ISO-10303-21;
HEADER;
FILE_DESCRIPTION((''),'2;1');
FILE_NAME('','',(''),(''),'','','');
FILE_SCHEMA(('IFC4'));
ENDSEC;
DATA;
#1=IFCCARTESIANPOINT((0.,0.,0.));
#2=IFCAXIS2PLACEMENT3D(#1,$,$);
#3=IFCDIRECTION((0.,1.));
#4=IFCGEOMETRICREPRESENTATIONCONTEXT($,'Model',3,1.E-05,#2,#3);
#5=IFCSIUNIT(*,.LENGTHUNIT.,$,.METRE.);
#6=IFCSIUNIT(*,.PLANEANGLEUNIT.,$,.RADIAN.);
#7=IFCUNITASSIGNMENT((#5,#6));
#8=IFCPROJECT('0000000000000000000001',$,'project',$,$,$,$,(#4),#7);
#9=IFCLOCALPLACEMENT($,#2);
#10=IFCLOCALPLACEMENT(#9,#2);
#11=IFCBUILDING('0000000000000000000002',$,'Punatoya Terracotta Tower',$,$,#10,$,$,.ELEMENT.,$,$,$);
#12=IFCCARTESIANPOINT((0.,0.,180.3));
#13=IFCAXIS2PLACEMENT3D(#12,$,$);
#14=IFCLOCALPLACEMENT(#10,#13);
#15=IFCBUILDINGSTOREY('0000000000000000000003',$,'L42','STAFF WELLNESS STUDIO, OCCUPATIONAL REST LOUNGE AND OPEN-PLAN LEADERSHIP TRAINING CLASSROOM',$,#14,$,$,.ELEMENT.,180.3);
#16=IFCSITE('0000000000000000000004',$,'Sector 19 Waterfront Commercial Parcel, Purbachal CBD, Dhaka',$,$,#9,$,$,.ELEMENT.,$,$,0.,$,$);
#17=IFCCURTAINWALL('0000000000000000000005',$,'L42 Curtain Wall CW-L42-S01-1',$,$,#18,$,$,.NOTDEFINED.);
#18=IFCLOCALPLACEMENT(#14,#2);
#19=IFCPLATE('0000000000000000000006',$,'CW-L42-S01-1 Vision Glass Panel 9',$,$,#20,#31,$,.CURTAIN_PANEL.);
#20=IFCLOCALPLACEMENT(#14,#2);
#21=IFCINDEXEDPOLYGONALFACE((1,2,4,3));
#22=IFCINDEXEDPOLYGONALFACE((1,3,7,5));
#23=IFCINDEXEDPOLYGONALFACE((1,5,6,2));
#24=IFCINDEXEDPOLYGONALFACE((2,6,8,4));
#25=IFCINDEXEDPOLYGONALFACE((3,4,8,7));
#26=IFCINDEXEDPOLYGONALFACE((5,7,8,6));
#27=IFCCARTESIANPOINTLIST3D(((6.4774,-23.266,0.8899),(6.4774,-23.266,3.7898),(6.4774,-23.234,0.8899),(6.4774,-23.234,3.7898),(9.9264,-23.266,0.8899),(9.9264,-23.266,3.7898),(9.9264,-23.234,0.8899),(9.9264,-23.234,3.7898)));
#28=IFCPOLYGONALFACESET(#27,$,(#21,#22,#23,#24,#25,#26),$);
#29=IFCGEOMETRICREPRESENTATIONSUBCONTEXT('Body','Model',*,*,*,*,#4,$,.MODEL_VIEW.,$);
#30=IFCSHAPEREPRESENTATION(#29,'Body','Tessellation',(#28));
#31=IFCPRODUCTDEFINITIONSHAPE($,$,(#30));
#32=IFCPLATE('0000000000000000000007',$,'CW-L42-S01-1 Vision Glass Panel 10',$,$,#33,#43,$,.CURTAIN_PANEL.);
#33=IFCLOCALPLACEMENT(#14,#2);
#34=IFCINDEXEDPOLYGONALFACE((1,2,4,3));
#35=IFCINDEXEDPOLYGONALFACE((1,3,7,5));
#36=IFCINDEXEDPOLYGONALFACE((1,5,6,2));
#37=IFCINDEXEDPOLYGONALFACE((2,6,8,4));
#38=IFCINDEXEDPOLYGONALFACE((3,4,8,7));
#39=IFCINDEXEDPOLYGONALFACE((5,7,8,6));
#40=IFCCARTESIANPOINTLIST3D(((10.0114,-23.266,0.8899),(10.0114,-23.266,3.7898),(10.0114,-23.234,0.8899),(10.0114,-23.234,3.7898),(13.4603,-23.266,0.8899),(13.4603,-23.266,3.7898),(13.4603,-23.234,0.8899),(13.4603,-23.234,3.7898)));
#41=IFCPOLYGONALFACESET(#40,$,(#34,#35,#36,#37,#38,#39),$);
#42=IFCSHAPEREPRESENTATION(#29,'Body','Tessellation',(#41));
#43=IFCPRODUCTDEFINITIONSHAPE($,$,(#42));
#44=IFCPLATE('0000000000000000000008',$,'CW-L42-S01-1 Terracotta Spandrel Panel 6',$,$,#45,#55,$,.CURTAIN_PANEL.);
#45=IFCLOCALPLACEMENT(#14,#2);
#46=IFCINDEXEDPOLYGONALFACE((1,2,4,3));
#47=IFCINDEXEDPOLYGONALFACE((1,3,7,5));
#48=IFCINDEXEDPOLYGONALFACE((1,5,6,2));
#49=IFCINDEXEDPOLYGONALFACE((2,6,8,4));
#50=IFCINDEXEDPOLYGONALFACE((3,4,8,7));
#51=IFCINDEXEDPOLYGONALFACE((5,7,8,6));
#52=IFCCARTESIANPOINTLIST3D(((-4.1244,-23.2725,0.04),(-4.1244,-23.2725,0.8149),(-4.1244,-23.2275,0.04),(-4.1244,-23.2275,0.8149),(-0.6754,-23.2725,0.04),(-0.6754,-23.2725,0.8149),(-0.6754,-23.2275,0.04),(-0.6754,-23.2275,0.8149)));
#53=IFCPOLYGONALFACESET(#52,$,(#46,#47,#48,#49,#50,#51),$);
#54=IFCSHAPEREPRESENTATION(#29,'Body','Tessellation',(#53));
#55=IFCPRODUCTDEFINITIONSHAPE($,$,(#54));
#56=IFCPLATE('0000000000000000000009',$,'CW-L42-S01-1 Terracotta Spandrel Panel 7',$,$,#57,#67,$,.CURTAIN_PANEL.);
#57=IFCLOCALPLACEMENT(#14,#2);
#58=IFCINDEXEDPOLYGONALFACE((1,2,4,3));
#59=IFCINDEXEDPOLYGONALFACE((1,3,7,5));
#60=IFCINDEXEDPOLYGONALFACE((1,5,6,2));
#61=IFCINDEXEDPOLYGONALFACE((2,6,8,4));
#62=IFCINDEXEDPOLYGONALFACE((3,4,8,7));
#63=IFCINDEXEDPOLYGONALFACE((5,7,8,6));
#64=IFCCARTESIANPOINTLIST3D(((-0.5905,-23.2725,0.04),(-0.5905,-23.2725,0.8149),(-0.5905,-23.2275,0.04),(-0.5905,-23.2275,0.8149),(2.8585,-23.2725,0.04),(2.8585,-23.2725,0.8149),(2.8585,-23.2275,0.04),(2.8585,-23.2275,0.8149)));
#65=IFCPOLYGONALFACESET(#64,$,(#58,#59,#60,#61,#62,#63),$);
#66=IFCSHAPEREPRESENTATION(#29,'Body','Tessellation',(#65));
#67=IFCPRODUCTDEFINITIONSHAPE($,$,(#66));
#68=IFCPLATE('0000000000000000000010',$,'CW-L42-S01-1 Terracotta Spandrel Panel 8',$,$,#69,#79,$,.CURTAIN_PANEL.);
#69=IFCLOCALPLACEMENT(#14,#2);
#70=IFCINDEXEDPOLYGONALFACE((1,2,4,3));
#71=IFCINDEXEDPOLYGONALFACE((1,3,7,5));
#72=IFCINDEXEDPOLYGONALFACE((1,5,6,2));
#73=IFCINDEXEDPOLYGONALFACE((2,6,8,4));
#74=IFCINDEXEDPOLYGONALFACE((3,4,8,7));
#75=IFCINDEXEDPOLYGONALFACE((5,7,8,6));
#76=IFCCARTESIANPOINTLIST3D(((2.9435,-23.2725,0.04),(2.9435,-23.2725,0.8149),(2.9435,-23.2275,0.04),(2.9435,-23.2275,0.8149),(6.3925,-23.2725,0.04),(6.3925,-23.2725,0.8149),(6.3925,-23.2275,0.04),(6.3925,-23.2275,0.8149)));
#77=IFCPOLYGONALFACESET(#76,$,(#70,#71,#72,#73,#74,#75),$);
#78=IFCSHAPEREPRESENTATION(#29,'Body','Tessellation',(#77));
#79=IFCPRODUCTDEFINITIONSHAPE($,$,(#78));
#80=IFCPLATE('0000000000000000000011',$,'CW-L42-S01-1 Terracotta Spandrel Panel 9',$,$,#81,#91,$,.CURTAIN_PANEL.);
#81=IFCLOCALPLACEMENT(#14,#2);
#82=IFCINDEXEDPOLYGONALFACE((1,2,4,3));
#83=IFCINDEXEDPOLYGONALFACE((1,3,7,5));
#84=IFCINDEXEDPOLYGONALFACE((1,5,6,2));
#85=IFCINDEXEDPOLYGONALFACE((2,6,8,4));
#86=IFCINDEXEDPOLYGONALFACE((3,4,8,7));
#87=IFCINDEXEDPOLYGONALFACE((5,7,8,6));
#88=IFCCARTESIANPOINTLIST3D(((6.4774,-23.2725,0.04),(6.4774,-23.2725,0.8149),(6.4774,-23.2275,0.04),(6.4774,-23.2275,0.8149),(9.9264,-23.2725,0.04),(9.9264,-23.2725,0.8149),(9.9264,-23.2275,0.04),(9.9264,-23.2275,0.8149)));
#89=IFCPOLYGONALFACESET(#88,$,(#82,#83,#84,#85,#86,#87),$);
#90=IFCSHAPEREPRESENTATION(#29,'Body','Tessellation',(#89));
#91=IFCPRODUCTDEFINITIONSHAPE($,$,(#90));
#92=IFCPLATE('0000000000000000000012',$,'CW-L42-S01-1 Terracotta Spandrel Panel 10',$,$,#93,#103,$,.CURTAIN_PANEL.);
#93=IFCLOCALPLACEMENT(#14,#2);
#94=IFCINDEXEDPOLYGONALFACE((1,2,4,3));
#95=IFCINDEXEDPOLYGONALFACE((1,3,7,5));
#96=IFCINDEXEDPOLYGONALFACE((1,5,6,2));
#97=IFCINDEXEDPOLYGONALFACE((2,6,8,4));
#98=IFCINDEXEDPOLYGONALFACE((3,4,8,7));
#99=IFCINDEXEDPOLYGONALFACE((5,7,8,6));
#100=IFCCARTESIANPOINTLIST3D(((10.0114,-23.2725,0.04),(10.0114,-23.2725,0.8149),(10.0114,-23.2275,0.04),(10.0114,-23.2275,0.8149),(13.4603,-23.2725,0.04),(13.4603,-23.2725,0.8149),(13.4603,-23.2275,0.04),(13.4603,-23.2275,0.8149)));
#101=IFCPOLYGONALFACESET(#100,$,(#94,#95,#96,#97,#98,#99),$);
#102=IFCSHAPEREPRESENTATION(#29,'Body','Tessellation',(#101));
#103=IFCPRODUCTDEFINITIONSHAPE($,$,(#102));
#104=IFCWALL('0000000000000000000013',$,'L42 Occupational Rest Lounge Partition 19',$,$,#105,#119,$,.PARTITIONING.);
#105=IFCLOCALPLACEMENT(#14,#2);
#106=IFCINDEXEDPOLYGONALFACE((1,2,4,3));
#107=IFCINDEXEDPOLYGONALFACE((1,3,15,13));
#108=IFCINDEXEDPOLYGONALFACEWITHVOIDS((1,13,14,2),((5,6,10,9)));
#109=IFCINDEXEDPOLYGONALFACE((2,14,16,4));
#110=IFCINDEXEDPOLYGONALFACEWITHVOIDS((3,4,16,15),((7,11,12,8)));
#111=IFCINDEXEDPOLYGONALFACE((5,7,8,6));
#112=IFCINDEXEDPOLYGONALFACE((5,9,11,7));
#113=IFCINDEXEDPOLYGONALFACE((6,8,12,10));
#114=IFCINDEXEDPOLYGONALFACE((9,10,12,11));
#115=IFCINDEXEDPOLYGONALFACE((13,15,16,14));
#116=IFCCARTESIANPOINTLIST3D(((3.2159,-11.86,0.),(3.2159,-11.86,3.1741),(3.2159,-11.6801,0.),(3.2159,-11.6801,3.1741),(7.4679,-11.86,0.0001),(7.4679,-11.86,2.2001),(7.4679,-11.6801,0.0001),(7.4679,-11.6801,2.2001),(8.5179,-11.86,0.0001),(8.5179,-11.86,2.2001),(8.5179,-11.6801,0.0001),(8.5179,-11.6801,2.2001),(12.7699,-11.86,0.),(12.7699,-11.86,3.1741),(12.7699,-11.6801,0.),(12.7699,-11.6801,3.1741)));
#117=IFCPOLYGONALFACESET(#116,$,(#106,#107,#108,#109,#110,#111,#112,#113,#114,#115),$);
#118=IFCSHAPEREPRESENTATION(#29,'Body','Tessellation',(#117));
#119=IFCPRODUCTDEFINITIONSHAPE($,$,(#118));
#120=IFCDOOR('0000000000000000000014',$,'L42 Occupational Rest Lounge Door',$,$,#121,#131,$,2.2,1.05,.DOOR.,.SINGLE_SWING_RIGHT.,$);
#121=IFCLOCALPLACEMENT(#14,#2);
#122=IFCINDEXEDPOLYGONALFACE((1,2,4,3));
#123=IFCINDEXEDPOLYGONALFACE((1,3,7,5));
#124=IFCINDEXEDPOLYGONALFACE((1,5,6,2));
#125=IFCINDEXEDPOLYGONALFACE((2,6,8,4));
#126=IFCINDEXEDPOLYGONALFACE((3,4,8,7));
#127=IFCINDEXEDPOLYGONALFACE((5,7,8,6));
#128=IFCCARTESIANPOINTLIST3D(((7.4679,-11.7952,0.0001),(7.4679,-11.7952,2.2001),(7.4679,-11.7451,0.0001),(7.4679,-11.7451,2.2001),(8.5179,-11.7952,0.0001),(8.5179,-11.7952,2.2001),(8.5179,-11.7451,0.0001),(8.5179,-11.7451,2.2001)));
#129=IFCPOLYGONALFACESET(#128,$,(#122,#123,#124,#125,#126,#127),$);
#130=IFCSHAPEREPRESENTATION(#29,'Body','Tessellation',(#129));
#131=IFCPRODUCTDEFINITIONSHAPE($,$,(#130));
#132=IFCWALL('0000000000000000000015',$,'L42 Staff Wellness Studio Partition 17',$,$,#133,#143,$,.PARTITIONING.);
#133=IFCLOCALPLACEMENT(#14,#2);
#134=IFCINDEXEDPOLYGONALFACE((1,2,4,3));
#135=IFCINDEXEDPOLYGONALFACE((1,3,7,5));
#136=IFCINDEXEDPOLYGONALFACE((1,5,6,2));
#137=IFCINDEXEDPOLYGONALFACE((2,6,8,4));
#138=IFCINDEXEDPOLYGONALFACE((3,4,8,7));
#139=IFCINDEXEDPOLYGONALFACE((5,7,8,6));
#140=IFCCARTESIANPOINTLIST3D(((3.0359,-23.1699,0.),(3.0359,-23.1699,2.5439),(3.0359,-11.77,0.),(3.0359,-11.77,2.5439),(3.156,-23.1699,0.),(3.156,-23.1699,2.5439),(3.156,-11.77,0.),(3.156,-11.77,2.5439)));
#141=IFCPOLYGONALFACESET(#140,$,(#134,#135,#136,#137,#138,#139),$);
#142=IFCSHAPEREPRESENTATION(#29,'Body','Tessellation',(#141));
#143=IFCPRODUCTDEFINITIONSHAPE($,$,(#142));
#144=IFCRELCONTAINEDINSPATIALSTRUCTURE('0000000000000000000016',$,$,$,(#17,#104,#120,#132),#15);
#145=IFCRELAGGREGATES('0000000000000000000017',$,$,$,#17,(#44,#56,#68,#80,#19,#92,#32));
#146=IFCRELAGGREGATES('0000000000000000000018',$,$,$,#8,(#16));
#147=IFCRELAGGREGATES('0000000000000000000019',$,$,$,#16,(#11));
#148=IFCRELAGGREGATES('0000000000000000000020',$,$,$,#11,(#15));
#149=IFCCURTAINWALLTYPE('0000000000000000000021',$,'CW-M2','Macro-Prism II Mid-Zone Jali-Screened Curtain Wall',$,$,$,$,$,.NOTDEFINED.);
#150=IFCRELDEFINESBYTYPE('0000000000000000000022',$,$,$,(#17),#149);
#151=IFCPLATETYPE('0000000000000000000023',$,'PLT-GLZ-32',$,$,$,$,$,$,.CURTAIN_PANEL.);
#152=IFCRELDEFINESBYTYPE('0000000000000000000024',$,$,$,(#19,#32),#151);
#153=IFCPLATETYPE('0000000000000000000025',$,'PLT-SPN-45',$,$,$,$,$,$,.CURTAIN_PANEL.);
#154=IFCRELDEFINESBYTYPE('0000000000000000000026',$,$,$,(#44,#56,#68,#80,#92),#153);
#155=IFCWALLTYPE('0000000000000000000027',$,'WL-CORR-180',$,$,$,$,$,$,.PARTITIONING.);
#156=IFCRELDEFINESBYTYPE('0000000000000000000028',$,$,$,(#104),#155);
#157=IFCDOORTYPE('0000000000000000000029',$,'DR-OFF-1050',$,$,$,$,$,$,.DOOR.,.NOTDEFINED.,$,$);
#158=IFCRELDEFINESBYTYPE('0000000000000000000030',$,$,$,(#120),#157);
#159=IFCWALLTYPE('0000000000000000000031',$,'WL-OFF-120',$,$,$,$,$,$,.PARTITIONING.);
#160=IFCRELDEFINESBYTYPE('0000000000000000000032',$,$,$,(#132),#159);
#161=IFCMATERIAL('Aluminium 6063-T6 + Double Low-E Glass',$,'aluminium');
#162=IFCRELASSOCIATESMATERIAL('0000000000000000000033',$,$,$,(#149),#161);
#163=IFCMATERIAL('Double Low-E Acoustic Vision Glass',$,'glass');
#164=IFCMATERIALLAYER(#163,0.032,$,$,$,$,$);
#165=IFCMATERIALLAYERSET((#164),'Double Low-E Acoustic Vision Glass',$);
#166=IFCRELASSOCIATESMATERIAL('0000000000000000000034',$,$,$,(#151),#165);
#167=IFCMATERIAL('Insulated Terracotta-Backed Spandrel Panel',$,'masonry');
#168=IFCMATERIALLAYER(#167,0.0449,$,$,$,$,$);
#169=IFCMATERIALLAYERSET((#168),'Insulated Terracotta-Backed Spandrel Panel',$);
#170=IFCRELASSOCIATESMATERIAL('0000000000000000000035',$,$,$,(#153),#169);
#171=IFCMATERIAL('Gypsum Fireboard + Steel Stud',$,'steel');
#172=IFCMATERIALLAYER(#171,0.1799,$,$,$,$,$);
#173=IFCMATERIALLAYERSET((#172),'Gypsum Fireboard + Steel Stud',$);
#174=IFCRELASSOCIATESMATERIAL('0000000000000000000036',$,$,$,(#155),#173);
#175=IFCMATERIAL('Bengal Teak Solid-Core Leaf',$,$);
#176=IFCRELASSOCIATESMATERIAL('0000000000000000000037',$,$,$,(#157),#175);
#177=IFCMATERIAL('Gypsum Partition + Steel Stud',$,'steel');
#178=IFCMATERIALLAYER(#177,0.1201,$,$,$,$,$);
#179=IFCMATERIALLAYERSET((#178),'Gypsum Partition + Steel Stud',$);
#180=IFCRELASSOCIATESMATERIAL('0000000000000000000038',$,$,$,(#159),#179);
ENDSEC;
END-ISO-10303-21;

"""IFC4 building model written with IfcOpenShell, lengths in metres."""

from ifc_helpers import new_model, si_unit, direction, frame, frame_2d, origin, origin_2d, place, context, subcontext, project, spatial, rectangle, extrude, material, layer, layer_set, type_object, element, fill, aggregate, save


model = new_model("IFC4")

# Units and contexts
model_context = context("Model", 3, precision=1e-05, world=origin(), true_north=direction((0.0, 1.0)))
body_context = subcontext(model_context, "Body", "Model", "MODEL_VIEW")
ifc_project = project(units=[si_unit("LENGTHUNIT", "METRE"), si_unit("PLANEANGLEUNIT", "RADIAN")], contexts=[model_context])

# Site, building, storey
site_placement = place(None, origin())
site = spatial("IfcSite", under=ifc_project, at=site_placement, Name="Sector 19 Waterfront Commercial Parcel, Purbachal CBD, Dhaka", CompositionType="ELEMENT", RefElevation=0.0)
building_placement = place(site_placement, origin())
building = spatial("IfcBuilding", under=site, at=building_placement, Name="Punatoya Terracotta Tower", CompositionType="ELEMENT")
storey_placement = place(building_placement, frame((0.0, 0.0, 180.3)))
storey = spatial("IfcBuildingStorey", under=building, at=storey_placement, Name="L42", Description="STAFF WELLNESS STUDIO, OCCUPATIONAL REST LOUNGE AND OPEN-PLAN LEADERSHIP TRAINING CLASSROOM", CompositionType="ELEMENT", Elevation=180.3)

# Curtain wall
ifc_material_1 = material(Name="Aluminium 6063-T6 + Double Low-E Glass", Category="aluminium")
curtain_wall_type = type_object("IfcCurtainWallType", Name="CW-M2", Description="Macro-Prism II Mid-Zone Jali-Screened Curtain Wall", PredefinedType="NOTDEFINED", material=ifc_material_1)
curtain_wall_placement = place(storey_placement, origin())
curtain_wall = element("IfcCurtainWall", 1, at=curtain_wall_placement, inside=storey, type_object=curtain_wall_type, Name="L42 Curtain Wall CW-L42-S01-1", PredefinedType="NOTDEFINED")

# Plates
ifc_material_2 = material(Name="Double Low-E Acoustic Vision Glass", Category="glass")
ifc_layer_1 = layer(ifc_material_2, 0.032)
ifc_layer_set_1 = layer_set([ifc_layer_1], Name="Double Low-E Acoustic Vision Glass")
plate_type_1 = type_object("IfcPlateType", Name="PLT-GLZ-32", PredefinedType="CURTAIN_PANEL", material=ifc_layer_set_1)
plate_1_placement = place(storey_placement, frame((8.2019, -23.25, 0.8899), z_axis=(0.0, 0.0, 1.0), x_axis=(1.0, 0.0, 0.0)))
plate_1 = element("IfcPlate", 2, at=plate_1_placement, type_object=plate_type_1, Name="CW-L42-S01-1 Vision Glass Panel 9", PredefinedType="CURTAIN_PANEL", context=body_context, shape_type="SweptSolid", body=[
    extrude(rectangle(XDim=3.449, YDim=0.032, at=origin_2d()), origin(), (0.0, 0.0, 1.0), 2.8999),
])
plate_2_placement = place(storey_placement, frame((11.7358, -23.25, 0.8899), z_axis=(0.0, 0.0, 1.0), x_axis=(1.0, 0.0, 0.0)))
plate_2 = element("IfcPlate", 3, at=plate_2_placement, type_object=plate_type_1, Name="CW-L42-S01-1 Vision Glass Panel 10", PredefinedType="CURTAIN_PANEL", context=body_context, shape_type="SweptSolid", body=[
    extrude(rectangle(XDim=3.449, YDim=0.032, at=origin_2d()), origin(), (0.0, 0.0, 1.0), 2.8999),
])
ifc_material_3 = material(Name="Insulated Terracotta-Backed Spandrel Panel", Category="masonry")
ifc_layer_2 = layer(ifc_material_3, 0.0449)
ifc_layer_set_2 = layer_set([ifc_layer_2], Name="Insulated Terracotta-Backed Spandrel Panel")
plate_type_2 = type_object("IfcPlateType", Name="PLT-SPN-45", PredefinedType="CURTAIN_PANEL", material=ifc_layer_set_2)
plate_3_placement = place(storey_placement, frame((-2.3999, -23.25, 0.04), z_axis=(0.0, 0.0, 1.0), x_axis=(1.0, 0.0, 0.0)))
plate_3 = element("IfcPlate", 4, at=plate_3_placement, type_object=plate_type_2, Name="CW-L42-S01-1 Terracotta Spandrel Panel 6", PredefinedType="CURTAIN_PANEL", context=body_context, shape_type="SweptSolid", body=[
    extrude(rectangle(XDim=3.449, YDim=0.0449, at=origin_2d()), origin(), (0.0, 0.0, 1.0), 0.7749),
])
plate_4_placement = place(storey_placement, frame((1.134, -23.25, 0.04), z_axis=(0.0, 0.0, 1.0), x_axis=(1.0, 0.0, 0.0)))
plate_4 = element("IfcPlate", 5, at=plate_4_placement, type_object=plate_type_2, Name="CW-L42-S01-1 Terracotta Spandrel Panel 7", PredefinedType="CURTAIN_PANEL", context=body_context, shape_type="SweptSolid", body=[
    extrude(rectangle(XDim=3.449, YDim=0.0449, at=origin_2d()), origin(), (0.0, 0.0, 1.0), 0.7749),
])
plate_5_placement = place(storey_placement, frame((4.668, -23.25, 0.04), z_axis=(0.0, 0.0, 1.0), x_axis=(1.0, 0.0, 0.0)))
plate_5 = element("IfcPlate", 6, at=plate_5_placement, type_object=plate_type_2, Name="CW-L42-S01-1 Terracotta Spandrel Panel 8", PredefinedType="CURTAIN_PANEL", context=body_context, shape_type="SweptSolid", body=[
    extrude(rectangle(XDim=3.449, YDim=0.0449, at=origin_2d()), origin(), (0.0, 0.0, 1.0), 0.7749),
])
plate_6_placement = place(storey_placement, frame((8.2019, -23.25, 0.04), z_axis=(0.0, 0.0, 1.0), x_axis=(1.0, 0.0, 0.0)))
plate_6 = element("IfcPlate", 7, at=plate_6_placement, type_object=plate_type_2, Name="CW-L42-S01-1 Terracotta Spandrel Panel 9", PredefinedType="CURTAIN_PANEL", context=body_context, shape_type="SweptSolid", body=[
    extrude(rectangle(XDim=3.449, YDim=0.0449, at=origin_2d()), origin(), (0.0, 0.0, 1.0), 0.7749),
])
plate_7_placement = place(storey_placement, frame((11.7358, -23.25, 0.04), z_axis=(0.0, 0.0, 1.0), x_axis=(1.0, 0.0, 0.0)))
plate_7 = element("IfcPlate", 8, at=plate_7_placement, type_object=plate_type_2, Name="CW-L42-S01-1 Terracotta Spandrel Panel 10", PredefinedType="CURTAIN_PANEL", context=body_context, shape_type="SweptSolid", body=[
    extrude(rectangle(XDim=3.449, YDim=0.0449, at=origin_2d()), origin(), (0.0, 0.0, 1.0), 0.7749),
])
aggregate(curtain_wall, [plate_3, plate_4, plate_5, plate_6, plate_1, plate_7, plate_2])

# Wall, opening, door
ifc_material_4 = material(Name="Gypsum Fireboard + Steel Stud", Category="steel")
ifc_layer_3 = layer(ifc_material_4, 0.1799)
ifc_layer_set_3 = layer_set([ifc_layer_3], Name="Gypsum Fireboard + Steel Stud")
wall_type_1 = type_object("IfcWallType", Name="WL-CORR-180", PredefinedType="PARTITIONING", material=ifc_layer_set_3)
wall_1_placement = place(storey_placement, frame((3.2161, -11.77, 0.0), z_axis=(0.0, 0.0, 1.0), x_axis=(1.0, 0.0, 0.0)))
wall_1 = element("IfcWall", 9, at=wall_1_placement, inside=storey, type_object=wall_type_1, Name="L42 Occupational Rest Lounge Partition 19", PredefinedType="PARTITIONING", context=body_context, shape_type="SweptSolid", body=[
    extrude(rectangle(XDim=9.554, YDim=0.1799, at=frame_2d((4.7769, 0.0))), origin(), (0.0, 0.0, 1.0), 3.1741),
])
opening_placement = place(wall_1_placement, frame((4.252, 0.0, 0.0)))
opening = element("IfcOpeningElement", 10, at=opening_placement, cuts=wall_1, PredefinedType="OPENING", context=body_context, shape_type="SweptSolid", body=[
    extrude(rectangle(XDim=1.05, YDim=2.2, at=frame_2d((0.5249, 1.1001))), frame((0.0, 0.0999, 0.0), z_axis=(0.0, -1.0, 0.0), x_axis=(1.0, 0.0, 0.0)), (0.0, 0.0, 1.0), 0.2),
])
ifc_material_5 = material(Name="Bengal Teak Solid-Core Leaf")
door_type = type_object("IfcDoorType", Name="DR-OFF-1050", OperationType="NOTDEFINED", PredefinedType="DOOR", material=ifc_material_5)
door_placement = place(opening_placement, origin())
door = element("IfcDoor", 11, at=door_placement, inside=storey, type_object=door_type, Name="L42 Occupational Rest Lounge Door", OperationType="SINGLE_SWING_RIGHT", OverallHeight=2.2, OverallWidth=1.05, PredefinedType="DOOR", context=body_context, shape_type="SweptSolid", body=[
    extrude(rectangle(XDim=1.05, YDim=2.2, at=frame_2d((0.5249, 1.1001))), frame((0.0, 0.0249, 0.0), z_axis=(0.0, -1.0, 0.0), x_axis=(1.0, 0.0, 0.0)), (0.0, 0.0, 1.0), 0.05),
])
fill(opening, door)

# Wall
ifc_material_6 = material(Name="Gypsum Partition + Steel Stud", Category="steel")
ifc_layer_4 = layer(ifc_material_6, 0.1201)
ifc_layer_set_4 = layer_set([ifc_layer_4], Name="Gypsum Partition + Steel Stud")
wall_type_2 = type_object("IfcWallType", Name="WL-OFF-120", PredefinedType="PARTITIONING", material=ifc_layer_set_4)
wall_2_placement = place(storey_placement, frame((3.0959, -11.77, 0.0), z_axis=(0.0, 0.0, 1.0), x_axis=(0.0, -1.0, 0.0)))
element("IfcWall", 12, at=wall_2_placement, inside=storey, type_object=wall_type_2, Name="L42 Staff Wellness Studio Partition 17", PredefinedType="PARTITIONING", context=body_context, shape_type="SweptSolid", body=[
    extrude(rectangle(XDim=11.3999, YDim=0.1201, at=frame_2d((5.7, 0.0))), origin(), (0.0, 0.0, 1.0), 2.5439),
])

save(model, "model.ifc")
